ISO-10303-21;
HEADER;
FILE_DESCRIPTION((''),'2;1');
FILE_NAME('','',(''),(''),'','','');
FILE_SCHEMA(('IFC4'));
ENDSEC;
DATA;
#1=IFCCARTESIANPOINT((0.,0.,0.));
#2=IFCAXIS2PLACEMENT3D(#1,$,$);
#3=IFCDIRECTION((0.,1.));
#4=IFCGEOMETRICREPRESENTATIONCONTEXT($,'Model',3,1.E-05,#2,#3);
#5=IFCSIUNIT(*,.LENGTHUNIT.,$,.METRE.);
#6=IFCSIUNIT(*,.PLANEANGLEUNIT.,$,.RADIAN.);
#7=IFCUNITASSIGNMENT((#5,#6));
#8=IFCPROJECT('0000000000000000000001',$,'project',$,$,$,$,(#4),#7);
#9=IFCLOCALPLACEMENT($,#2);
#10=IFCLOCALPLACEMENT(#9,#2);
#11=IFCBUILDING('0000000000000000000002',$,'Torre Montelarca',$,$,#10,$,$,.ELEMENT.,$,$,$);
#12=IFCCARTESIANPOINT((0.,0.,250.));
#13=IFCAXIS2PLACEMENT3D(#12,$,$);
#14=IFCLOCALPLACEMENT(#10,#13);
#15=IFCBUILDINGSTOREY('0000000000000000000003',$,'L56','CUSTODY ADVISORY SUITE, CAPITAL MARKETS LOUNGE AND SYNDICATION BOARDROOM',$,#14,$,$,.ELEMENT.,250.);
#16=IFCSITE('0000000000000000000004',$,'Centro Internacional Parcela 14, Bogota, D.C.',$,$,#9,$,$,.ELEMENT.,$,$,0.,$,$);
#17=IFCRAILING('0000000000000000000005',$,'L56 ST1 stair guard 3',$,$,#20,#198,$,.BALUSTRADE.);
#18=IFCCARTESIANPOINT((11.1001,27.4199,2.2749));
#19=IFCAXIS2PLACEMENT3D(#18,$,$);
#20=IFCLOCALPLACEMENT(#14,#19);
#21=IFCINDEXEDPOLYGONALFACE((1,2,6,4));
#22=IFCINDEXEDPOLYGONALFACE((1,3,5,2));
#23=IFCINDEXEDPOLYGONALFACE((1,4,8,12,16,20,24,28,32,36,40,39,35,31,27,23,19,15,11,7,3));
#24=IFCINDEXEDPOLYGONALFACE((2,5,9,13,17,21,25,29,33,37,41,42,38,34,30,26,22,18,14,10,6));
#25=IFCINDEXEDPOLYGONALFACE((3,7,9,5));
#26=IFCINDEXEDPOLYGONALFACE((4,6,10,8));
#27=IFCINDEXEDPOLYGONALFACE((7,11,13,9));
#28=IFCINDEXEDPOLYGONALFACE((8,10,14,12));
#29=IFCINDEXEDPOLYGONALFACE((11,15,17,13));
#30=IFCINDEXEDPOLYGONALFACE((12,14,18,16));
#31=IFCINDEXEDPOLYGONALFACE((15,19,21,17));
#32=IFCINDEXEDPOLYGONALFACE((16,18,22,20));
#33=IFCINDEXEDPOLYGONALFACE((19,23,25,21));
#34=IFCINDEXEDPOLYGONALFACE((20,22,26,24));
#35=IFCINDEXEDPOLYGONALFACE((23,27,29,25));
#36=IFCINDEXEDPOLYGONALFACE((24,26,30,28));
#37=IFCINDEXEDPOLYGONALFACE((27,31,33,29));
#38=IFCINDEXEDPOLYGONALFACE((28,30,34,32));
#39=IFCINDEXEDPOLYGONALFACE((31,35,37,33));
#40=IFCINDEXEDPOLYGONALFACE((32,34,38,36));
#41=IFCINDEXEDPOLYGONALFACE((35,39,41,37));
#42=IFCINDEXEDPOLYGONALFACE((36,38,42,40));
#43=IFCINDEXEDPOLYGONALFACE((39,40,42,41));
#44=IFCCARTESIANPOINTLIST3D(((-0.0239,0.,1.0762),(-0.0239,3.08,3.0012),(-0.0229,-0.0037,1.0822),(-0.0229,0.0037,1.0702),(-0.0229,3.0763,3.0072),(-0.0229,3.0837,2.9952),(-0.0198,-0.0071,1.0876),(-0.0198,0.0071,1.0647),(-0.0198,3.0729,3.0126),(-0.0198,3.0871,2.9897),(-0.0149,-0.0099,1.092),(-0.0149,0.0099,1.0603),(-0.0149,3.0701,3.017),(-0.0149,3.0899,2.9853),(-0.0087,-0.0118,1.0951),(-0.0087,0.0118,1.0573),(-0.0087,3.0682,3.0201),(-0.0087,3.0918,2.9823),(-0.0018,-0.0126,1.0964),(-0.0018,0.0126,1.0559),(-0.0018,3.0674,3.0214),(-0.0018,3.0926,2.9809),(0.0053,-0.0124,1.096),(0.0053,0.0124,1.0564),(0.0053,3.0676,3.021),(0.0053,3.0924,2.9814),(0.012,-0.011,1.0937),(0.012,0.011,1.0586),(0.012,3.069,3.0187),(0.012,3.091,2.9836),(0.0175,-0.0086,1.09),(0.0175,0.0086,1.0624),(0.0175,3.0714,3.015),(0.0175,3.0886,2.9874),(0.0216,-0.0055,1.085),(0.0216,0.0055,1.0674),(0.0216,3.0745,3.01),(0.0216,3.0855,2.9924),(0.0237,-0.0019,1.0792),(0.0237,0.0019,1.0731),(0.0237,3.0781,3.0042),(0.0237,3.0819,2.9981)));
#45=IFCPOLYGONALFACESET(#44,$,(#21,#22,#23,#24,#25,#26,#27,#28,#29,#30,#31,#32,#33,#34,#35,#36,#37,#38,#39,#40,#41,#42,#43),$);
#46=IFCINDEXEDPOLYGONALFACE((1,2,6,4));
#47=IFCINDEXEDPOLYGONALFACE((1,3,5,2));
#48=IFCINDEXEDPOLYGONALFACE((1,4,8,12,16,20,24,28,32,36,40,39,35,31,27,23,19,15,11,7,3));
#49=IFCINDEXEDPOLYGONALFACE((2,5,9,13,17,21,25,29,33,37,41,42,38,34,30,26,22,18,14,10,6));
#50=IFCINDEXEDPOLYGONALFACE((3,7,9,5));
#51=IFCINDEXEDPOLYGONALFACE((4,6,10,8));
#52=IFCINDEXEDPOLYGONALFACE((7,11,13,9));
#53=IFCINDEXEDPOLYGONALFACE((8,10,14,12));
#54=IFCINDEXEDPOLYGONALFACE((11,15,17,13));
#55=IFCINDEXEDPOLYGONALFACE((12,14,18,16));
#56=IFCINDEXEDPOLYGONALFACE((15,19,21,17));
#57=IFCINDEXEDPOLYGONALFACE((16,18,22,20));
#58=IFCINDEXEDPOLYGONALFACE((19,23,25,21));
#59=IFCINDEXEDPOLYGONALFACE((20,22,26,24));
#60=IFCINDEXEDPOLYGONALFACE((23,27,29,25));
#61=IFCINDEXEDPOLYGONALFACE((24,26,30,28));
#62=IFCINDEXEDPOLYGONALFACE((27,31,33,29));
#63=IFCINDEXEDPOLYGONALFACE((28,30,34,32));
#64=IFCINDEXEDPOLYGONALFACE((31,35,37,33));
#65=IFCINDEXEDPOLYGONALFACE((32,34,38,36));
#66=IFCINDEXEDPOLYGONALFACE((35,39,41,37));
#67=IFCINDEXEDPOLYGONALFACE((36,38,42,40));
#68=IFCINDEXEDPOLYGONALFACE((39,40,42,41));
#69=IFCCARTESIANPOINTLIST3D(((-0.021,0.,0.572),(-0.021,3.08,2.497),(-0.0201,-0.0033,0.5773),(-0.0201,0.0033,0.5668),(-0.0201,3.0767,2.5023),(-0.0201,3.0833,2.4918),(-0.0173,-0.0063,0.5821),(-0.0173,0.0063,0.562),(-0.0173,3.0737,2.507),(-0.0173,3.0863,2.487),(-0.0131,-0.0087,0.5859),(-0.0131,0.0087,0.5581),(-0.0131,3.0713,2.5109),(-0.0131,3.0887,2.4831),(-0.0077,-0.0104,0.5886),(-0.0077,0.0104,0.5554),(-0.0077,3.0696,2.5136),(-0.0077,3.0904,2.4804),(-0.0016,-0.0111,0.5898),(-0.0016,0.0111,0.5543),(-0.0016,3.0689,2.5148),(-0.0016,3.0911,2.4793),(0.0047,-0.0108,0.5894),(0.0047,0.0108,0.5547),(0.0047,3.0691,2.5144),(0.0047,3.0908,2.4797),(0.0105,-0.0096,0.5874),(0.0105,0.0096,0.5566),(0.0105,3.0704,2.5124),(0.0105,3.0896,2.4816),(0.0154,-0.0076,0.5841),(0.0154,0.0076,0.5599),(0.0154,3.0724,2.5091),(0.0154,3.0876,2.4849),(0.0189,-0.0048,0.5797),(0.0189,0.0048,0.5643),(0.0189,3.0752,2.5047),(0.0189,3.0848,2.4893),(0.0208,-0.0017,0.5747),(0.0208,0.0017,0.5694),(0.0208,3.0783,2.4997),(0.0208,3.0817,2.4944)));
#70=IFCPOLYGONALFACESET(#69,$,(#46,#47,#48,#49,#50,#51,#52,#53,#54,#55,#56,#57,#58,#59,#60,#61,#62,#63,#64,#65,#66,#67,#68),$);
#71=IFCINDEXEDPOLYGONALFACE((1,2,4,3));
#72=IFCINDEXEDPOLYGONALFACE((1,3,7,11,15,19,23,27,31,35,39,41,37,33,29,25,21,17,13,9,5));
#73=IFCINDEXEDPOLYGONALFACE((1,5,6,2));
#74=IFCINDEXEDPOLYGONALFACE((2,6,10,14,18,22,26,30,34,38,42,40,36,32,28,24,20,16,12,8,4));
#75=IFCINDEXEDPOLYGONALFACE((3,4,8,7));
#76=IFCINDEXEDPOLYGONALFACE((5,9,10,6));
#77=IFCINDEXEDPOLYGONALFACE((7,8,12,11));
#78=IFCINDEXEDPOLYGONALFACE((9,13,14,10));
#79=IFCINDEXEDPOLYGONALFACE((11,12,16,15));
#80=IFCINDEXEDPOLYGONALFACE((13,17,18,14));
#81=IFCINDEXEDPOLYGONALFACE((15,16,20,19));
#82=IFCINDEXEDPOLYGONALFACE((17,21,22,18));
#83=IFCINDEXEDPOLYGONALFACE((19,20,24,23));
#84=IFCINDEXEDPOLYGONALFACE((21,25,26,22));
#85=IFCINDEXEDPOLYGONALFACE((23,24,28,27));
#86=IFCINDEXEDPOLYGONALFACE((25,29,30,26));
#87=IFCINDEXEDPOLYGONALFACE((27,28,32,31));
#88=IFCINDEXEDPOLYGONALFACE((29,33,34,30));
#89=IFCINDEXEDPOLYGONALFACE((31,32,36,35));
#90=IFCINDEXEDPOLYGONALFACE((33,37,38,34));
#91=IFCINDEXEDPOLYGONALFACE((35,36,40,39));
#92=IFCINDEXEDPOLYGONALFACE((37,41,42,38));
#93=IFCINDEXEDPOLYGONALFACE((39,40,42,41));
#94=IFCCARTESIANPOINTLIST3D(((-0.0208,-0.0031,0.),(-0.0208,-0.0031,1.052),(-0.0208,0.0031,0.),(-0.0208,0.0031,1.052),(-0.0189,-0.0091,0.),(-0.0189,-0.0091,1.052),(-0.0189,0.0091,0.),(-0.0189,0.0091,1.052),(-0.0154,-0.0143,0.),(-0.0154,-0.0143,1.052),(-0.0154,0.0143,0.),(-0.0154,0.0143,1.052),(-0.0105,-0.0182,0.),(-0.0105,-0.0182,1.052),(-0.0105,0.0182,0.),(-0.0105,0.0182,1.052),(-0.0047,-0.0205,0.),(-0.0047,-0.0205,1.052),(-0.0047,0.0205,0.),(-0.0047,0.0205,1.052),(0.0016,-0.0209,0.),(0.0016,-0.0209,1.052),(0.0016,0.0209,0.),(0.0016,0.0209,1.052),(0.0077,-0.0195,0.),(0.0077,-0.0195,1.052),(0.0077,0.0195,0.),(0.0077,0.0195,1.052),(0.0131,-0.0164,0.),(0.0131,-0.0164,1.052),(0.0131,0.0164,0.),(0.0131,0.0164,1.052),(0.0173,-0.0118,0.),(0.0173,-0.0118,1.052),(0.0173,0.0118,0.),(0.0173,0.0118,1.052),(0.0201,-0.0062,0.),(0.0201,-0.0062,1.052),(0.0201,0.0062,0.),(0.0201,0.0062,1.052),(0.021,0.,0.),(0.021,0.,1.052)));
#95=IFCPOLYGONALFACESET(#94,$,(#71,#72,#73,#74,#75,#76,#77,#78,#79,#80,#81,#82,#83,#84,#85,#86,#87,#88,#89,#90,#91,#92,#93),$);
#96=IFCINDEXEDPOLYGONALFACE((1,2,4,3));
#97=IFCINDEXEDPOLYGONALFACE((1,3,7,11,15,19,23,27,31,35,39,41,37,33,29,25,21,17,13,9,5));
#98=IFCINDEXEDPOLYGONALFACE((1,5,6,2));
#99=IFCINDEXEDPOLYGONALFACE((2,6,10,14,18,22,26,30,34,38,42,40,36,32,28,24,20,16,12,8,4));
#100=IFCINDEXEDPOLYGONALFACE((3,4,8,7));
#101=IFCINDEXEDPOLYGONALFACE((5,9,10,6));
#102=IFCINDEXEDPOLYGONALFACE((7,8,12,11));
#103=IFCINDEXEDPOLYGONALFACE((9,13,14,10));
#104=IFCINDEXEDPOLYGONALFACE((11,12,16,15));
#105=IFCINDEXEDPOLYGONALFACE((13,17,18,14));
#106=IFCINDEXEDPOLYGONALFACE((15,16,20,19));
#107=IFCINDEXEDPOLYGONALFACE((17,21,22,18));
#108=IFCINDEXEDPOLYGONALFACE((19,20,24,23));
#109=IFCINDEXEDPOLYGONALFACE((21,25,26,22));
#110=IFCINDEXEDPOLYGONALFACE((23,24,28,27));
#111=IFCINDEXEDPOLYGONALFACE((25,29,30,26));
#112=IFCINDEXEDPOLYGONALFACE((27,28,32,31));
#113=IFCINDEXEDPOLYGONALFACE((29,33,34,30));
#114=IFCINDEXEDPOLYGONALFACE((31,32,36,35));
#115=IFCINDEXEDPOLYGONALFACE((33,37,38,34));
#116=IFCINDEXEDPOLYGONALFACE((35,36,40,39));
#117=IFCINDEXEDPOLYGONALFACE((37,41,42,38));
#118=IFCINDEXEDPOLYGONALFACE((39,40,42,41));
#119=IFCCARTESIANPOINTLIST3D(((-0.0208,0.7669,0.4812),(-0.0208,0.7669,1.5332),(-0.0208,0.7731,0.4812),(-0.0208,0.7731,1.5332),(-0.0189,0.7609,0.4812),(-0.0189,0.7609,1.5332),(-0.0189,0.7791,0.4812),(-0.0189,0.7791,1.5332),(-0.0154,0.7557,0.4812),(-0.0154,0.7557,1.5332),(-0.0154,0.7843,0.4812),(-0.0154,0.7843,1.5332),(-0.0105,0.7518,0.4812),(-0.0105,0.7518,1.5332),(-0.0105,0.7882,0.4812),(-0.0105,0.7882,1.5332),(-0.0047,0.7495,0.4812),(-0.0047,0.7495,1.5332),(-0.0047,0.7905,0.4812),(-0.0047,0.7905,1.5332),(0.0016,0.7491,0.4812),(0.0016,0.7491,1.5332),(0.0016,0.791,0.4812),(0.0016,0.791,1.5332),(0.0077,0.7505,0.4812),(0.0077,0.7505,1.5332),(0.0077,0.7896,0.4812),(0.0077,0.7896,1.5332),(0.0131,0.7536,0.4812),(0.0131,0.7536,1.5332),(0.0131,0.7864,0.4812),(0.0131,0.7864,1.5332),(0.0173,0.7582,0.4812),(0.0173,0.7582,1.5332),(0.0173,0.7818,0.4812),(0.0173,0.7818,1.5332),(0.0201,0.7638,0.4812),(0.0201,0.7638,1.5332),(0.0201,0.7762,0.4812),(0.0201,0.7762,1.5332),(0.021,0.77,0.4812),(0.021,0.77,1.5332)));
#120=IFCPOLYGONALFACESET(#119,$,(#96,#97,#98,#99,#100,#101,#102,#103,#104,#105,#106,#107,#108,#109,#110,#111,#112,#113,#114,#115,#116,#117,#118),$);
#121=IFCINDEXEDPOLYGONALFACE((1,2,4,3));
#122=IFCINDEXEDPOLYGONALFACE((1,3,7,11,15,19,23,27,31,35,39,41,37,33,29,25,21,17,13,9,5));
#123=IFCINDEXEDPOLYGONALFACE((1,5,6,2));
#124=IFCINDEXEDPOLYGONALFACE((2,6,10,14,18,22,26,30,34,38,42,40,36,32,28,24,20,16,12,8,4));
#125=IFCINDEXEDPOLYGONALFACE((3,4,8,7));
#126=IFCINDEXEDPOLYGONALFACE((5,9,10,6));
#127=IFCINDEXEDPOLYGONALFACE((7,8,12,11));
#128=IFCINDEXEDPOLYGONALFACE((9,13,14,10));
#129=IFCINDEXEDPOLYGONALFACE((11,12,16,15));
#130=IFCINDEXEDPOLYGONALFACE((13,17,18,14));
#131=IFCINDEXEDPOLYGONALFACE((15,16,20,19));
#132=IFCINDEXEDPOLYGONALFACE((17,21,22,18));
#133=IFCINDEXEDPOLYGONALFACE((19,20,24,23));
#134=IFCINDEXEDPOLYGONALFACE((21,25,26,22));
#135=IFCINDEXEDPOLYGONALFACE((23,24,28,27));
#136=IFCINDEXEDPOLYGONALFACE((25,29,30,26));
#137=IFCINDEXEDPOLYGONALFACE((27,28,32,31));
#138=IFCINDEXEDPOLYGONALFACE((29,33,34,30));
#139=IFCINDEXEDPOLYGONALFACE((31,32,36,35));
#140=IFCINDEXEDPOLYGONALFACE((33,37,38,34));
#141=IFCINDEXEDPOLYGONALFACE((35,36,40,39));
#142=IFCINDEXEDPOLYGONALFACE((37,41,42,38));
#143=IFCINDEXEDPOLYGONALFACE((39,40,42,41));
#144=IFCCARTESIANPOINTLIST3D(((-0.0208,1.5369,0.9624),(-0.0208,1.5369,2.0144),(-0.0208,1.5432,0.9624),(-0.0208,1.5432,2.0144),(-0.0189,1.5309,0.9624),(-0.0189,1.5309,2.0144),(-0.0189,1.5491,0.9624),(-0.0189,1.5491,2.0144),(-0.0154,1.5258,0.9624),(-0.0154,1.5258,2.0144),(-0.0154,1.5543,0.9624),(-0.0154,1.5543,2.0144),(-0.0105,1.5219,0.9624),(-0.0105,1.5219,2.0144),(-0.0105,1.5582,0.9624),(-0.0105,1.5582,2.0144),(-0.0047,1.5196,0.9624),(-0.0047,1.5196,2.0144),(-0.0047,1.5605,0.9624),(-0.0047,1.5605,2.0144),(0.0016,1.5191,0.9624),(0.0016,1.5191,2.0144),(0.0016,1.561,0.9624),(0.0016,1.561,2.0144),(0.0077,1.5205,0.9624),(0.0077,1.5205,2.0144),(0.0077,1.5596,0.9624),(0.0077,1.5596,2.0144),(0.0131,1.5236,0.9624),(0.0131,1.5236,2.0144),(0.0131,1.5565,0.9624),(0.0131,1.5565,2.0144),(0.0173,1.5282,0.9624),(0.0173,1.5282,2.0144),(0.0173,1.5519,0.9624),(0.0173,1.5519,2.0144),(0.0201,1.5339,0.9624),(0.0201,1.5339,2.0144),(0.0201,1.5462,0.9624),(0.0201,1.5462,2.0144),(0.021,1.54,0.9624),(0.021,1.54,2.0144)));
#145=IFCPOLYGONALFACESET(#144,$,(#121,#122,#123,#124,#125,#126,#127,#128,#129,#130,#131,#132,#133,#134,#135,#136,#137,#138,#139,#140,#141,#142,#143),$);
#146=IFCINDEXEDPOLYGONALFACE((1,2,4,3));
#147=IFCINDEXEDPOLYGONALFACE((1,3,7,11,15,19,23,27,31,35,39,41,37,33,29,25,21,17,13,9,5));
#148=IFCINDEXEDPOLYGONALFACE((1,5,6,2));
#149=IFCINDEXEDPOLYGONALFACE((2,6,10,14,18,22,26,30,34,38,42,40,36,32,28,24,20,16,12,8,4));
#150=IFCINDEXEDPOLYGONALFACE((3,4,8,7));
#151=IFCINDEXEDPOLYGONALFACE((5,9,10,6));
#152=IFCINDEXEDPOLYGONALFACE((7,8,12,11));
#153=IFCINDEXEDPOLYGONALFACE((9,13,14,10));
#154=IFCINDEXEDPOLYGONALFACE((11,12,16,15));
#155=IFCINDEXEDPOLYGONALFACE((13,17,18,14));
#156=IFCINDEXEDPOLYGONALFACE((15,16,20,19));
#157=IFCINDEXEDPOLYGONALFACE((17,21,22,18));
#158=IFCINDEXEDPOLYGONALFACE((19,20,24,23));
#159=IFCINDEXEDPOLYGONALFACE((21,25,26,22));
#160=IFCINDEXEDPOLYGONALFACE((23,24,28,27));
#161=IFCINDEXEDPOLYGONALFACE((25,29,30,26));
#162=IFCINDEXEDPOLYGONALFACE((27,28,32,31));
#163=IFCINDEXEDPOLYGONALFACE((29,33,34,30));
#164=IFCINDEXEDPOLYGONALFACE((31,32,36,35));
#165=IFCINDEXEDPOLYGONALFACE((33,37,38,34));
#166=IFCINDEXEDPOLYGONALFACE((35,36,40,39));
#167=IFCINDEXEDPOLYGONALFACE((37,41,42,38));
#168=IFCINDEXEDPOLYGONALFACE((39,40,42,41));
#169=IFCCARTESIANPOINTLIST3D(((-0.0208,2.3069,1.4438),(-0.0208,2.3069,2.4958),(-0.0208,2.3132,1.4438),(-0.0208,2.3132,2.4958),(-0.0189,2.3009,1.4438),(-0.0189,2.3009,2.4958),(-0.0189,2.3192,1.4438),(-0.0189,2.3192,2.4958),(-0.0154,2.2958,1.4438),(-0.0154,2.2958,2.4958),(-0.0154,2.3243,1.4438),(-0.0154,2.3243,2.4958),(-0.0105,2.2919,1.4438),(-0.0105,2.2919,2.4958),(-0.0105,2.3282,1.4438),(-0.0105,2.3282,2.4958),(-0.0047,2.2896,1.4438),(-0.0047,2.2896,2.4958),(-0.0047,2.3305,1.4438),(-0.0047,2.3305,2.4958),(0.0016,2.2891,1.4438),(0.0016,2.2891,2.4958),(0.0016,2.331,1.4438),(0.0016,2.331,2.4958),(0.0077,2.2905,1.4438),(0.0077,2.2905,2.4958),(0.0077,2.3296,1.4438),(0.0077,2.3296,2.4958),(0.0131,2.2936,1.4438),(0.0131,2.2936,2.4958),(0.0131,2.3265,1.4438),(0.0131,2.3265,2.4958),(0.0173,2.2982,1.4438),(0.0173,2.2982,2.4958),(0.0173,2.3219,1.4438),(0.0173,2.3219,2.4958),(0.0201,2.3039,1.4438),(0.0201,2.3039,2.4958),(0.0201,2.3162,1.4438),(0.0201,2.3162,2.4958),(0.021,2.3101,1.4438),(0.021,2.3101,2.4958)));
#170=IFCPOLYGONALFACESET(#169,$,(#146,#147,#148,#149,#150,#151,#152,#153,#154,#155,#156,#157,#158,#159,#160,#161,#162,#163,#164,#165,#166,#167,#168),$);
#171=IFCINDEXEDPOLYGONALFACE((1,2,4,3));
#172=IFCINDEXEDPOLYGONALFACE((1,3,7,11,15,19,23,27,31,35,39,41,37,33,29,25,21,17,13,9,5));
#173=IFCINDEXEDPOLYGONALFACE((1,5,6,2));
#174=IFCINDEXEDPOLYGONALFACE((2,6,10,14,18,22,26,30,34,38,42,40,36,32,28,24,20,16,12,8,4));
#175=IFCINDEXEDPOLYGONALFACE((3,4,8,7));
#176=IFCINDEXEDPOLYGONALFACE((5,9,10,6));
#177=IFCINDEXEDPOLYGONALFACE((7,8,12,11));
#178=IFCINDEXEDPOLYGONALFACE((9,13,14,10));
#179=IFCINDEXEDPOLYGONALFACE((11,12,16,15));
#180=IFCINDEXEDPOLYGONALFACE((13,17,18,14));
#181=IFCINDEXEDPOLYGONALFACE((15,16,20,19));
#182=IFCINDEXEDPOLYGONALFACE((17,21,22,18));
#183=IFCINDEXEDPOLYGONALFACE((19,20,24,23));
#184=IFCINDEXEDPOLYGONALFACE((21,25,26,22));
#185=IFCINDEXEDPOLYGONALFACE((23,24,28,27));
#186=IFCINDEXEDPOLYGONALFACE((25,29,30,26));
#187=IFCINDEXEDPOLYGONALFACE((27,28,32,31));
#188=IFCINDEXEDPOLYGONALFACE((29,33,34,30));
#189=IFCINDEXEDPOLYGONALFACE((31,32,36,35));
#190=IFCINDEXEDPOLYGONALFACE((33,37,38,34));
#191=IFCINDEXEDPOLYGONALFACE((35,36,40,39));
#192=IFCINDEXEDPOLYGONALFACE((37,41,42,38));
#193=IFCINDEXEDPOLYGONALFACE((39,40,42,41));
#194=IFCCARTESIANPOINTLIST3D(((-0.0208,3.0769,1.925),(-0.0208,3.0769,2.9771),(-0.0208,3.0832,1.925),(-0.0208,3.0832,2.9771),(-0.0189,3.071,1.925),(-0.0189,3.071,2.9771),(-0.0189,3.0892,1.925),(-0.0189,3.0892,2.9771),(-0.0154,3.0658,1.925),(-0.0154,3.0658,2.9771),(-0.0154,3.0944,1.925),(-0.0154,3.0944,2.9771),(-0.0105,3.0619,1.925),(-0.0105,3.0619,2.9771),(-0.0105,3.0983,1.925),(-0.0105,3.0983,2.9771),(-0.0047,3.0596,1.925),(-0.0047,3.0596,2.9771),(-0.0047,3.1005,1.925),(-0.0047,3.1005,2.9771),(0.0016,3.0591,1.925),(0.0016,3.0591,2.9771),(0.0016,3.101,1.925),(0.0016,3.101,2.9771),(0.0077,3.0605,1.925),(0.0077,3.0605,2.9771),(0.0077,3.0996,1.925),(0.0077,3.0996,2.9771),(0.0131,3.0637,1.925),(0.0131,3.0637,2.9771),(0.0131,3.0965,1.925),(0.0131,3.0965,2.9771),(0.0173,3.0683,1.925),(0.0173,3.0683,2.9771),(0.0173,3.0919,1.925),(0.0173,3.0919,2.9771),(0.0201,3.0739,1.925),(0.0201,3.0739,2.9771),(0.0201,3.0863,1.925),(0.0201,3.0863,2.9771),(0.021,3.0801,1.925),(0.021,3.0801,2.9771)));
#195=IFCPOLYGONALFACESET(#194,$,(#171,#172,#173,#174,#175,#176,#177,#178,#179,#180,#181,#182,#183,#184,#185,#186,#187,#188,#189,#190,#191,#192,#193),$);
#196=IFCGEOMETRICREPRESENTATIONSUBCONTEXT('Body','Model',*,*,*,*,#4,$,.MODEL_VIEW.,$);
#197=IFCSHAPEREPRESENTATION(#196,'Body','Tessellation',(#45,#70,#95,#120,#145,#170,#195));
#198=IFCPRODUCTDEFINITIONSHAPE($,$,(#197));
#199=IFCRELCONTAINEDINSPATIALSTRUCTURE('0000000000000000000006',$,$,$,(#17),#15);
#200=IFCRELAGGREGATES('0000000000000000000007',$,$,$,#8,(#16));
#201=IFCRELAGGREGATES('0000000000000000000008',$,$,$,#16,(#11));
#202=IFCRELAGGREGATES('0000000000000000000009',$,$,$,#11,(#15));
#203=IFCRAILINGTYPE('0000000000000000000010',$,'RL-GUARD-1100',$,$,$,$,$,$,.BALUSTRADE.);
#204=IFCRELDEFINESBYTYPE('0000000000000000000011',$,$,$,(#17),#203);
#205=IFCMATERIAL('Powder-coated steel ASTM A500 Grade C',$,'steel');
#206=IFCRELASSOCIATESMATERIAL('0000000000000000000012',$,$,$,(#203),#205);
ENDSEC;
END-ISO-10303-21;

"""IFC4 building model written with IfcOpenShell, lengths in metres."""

from ifc_helpers import new_model, si_unit, direction, frame, origin, origin_2d, place, context, subcontext, project, spatial, circle, extrude, material, type_object, element, save


model = new_model("IFC4")

# Units and contexts
model_context = context("Model", 3, precision=1e-05, world=origin(), true_north=direction((0.0, 1.0)))
body_context = subcontext(model_context, "Body", "Model", "MODEL_VIEW")
ifc_project = project(units=[si_unit("LENGTHUNIT", "METRE"), si_unit("PLANEANGLEUNIT", "RADIAN")], contexts=[model_context])

# Site, building, storey
site_placement = place(None, origin())
site = spatial("IfcSite", under=ifc_project, at=site_placement, Name="Centro Internacional Parcela 14, Bogota, D.C.", CompositionType="ELEMENT", RefElevation=0.0)
building_placement = place(site_placement, origin())
building = spatial("IfcBuilding", under=site, at=building_placement, Name="Torre Montelarca", CompositionType="ELEMENT")
storey_placement = place(building_placement, frame((0.0, 0.0, 250.0)))
storey = spatial("IfcBuildingStorey", under=building, at=storey_placement, Name="L56", Description="CUSTODY ADVISORY SUITE, CAPITAL MARKETS LOUNGE AND SYNDICATION BOARDROOM", CompositionType="ELEMENT", Elevation=250.0)

# Railing
ifc_material_1 = material(Name="Powder-coated steel ASTM A500 Grade C", Category="steel")
railing_type_1 = type_object("IfcRailingType", Name="RL-GUARD-1100", PredefinedType="BALUSTRADE", material=ifc_material_1)
railing_1_placement = place(storey_placement, frame((11.1001, 27.4199, 2.2749)))
element("IfcRailing", 1, at=railing_1_placement, inside=storey, type_object=railing_type_1, Name="L56 ST1 stair guard 3", PredefinedType="BALUSTRADE", context=body_context, shape_type="SweptSolid", body=[
    extrude(circle(Radius=0.0239, at=origin_2d()), frame((0.0, 0.0, 1.0762), z_axis=(0.0, 0.847998, 0.529999), x_axis=(-1.0, 0.0, 0.0)), (0.0, 0.0, 1.0), 3.6321),
    extrude(circle(Radius=0.021, at=origin_2d()), frame((0.0, 0.0, 0.572), z_axis=(0.0, 0.847998, 0.529999), x_axis=(-1.0, 0.0, 0.0)), (0.0, 0.0, 1.0), 3.6321),
    extrude(circle(Radius=0.021, at=origin_2d()), origin(), (0.0, 0.0, 1.0), 1.052),
    extrude(circle(Radius=0.021, at=origin_2d()), frame((0.0, 0.77, 0.4812)), (0.0, 0.0, 1.0), 1.052),
    extrude(circle(Radius=0.021, at=origin_2d()), frame((0.0, 1.54, 0.9624)), (0.0, 0.0, 1.0), 1.052),
    extrude(circle(Radius=0.021, at=origin_2d()), frame((0.0, 2.3101, 1.4438)), (0.0, 0.0, 1.0), 1.052),
    extrude(circle(Radius=0.021, at=origin_2d()), frame((0.0, 3.0801, 1.925)), (0.0, 0.0, 1.0), 1.052),
])

save(model, "model.ifc")
